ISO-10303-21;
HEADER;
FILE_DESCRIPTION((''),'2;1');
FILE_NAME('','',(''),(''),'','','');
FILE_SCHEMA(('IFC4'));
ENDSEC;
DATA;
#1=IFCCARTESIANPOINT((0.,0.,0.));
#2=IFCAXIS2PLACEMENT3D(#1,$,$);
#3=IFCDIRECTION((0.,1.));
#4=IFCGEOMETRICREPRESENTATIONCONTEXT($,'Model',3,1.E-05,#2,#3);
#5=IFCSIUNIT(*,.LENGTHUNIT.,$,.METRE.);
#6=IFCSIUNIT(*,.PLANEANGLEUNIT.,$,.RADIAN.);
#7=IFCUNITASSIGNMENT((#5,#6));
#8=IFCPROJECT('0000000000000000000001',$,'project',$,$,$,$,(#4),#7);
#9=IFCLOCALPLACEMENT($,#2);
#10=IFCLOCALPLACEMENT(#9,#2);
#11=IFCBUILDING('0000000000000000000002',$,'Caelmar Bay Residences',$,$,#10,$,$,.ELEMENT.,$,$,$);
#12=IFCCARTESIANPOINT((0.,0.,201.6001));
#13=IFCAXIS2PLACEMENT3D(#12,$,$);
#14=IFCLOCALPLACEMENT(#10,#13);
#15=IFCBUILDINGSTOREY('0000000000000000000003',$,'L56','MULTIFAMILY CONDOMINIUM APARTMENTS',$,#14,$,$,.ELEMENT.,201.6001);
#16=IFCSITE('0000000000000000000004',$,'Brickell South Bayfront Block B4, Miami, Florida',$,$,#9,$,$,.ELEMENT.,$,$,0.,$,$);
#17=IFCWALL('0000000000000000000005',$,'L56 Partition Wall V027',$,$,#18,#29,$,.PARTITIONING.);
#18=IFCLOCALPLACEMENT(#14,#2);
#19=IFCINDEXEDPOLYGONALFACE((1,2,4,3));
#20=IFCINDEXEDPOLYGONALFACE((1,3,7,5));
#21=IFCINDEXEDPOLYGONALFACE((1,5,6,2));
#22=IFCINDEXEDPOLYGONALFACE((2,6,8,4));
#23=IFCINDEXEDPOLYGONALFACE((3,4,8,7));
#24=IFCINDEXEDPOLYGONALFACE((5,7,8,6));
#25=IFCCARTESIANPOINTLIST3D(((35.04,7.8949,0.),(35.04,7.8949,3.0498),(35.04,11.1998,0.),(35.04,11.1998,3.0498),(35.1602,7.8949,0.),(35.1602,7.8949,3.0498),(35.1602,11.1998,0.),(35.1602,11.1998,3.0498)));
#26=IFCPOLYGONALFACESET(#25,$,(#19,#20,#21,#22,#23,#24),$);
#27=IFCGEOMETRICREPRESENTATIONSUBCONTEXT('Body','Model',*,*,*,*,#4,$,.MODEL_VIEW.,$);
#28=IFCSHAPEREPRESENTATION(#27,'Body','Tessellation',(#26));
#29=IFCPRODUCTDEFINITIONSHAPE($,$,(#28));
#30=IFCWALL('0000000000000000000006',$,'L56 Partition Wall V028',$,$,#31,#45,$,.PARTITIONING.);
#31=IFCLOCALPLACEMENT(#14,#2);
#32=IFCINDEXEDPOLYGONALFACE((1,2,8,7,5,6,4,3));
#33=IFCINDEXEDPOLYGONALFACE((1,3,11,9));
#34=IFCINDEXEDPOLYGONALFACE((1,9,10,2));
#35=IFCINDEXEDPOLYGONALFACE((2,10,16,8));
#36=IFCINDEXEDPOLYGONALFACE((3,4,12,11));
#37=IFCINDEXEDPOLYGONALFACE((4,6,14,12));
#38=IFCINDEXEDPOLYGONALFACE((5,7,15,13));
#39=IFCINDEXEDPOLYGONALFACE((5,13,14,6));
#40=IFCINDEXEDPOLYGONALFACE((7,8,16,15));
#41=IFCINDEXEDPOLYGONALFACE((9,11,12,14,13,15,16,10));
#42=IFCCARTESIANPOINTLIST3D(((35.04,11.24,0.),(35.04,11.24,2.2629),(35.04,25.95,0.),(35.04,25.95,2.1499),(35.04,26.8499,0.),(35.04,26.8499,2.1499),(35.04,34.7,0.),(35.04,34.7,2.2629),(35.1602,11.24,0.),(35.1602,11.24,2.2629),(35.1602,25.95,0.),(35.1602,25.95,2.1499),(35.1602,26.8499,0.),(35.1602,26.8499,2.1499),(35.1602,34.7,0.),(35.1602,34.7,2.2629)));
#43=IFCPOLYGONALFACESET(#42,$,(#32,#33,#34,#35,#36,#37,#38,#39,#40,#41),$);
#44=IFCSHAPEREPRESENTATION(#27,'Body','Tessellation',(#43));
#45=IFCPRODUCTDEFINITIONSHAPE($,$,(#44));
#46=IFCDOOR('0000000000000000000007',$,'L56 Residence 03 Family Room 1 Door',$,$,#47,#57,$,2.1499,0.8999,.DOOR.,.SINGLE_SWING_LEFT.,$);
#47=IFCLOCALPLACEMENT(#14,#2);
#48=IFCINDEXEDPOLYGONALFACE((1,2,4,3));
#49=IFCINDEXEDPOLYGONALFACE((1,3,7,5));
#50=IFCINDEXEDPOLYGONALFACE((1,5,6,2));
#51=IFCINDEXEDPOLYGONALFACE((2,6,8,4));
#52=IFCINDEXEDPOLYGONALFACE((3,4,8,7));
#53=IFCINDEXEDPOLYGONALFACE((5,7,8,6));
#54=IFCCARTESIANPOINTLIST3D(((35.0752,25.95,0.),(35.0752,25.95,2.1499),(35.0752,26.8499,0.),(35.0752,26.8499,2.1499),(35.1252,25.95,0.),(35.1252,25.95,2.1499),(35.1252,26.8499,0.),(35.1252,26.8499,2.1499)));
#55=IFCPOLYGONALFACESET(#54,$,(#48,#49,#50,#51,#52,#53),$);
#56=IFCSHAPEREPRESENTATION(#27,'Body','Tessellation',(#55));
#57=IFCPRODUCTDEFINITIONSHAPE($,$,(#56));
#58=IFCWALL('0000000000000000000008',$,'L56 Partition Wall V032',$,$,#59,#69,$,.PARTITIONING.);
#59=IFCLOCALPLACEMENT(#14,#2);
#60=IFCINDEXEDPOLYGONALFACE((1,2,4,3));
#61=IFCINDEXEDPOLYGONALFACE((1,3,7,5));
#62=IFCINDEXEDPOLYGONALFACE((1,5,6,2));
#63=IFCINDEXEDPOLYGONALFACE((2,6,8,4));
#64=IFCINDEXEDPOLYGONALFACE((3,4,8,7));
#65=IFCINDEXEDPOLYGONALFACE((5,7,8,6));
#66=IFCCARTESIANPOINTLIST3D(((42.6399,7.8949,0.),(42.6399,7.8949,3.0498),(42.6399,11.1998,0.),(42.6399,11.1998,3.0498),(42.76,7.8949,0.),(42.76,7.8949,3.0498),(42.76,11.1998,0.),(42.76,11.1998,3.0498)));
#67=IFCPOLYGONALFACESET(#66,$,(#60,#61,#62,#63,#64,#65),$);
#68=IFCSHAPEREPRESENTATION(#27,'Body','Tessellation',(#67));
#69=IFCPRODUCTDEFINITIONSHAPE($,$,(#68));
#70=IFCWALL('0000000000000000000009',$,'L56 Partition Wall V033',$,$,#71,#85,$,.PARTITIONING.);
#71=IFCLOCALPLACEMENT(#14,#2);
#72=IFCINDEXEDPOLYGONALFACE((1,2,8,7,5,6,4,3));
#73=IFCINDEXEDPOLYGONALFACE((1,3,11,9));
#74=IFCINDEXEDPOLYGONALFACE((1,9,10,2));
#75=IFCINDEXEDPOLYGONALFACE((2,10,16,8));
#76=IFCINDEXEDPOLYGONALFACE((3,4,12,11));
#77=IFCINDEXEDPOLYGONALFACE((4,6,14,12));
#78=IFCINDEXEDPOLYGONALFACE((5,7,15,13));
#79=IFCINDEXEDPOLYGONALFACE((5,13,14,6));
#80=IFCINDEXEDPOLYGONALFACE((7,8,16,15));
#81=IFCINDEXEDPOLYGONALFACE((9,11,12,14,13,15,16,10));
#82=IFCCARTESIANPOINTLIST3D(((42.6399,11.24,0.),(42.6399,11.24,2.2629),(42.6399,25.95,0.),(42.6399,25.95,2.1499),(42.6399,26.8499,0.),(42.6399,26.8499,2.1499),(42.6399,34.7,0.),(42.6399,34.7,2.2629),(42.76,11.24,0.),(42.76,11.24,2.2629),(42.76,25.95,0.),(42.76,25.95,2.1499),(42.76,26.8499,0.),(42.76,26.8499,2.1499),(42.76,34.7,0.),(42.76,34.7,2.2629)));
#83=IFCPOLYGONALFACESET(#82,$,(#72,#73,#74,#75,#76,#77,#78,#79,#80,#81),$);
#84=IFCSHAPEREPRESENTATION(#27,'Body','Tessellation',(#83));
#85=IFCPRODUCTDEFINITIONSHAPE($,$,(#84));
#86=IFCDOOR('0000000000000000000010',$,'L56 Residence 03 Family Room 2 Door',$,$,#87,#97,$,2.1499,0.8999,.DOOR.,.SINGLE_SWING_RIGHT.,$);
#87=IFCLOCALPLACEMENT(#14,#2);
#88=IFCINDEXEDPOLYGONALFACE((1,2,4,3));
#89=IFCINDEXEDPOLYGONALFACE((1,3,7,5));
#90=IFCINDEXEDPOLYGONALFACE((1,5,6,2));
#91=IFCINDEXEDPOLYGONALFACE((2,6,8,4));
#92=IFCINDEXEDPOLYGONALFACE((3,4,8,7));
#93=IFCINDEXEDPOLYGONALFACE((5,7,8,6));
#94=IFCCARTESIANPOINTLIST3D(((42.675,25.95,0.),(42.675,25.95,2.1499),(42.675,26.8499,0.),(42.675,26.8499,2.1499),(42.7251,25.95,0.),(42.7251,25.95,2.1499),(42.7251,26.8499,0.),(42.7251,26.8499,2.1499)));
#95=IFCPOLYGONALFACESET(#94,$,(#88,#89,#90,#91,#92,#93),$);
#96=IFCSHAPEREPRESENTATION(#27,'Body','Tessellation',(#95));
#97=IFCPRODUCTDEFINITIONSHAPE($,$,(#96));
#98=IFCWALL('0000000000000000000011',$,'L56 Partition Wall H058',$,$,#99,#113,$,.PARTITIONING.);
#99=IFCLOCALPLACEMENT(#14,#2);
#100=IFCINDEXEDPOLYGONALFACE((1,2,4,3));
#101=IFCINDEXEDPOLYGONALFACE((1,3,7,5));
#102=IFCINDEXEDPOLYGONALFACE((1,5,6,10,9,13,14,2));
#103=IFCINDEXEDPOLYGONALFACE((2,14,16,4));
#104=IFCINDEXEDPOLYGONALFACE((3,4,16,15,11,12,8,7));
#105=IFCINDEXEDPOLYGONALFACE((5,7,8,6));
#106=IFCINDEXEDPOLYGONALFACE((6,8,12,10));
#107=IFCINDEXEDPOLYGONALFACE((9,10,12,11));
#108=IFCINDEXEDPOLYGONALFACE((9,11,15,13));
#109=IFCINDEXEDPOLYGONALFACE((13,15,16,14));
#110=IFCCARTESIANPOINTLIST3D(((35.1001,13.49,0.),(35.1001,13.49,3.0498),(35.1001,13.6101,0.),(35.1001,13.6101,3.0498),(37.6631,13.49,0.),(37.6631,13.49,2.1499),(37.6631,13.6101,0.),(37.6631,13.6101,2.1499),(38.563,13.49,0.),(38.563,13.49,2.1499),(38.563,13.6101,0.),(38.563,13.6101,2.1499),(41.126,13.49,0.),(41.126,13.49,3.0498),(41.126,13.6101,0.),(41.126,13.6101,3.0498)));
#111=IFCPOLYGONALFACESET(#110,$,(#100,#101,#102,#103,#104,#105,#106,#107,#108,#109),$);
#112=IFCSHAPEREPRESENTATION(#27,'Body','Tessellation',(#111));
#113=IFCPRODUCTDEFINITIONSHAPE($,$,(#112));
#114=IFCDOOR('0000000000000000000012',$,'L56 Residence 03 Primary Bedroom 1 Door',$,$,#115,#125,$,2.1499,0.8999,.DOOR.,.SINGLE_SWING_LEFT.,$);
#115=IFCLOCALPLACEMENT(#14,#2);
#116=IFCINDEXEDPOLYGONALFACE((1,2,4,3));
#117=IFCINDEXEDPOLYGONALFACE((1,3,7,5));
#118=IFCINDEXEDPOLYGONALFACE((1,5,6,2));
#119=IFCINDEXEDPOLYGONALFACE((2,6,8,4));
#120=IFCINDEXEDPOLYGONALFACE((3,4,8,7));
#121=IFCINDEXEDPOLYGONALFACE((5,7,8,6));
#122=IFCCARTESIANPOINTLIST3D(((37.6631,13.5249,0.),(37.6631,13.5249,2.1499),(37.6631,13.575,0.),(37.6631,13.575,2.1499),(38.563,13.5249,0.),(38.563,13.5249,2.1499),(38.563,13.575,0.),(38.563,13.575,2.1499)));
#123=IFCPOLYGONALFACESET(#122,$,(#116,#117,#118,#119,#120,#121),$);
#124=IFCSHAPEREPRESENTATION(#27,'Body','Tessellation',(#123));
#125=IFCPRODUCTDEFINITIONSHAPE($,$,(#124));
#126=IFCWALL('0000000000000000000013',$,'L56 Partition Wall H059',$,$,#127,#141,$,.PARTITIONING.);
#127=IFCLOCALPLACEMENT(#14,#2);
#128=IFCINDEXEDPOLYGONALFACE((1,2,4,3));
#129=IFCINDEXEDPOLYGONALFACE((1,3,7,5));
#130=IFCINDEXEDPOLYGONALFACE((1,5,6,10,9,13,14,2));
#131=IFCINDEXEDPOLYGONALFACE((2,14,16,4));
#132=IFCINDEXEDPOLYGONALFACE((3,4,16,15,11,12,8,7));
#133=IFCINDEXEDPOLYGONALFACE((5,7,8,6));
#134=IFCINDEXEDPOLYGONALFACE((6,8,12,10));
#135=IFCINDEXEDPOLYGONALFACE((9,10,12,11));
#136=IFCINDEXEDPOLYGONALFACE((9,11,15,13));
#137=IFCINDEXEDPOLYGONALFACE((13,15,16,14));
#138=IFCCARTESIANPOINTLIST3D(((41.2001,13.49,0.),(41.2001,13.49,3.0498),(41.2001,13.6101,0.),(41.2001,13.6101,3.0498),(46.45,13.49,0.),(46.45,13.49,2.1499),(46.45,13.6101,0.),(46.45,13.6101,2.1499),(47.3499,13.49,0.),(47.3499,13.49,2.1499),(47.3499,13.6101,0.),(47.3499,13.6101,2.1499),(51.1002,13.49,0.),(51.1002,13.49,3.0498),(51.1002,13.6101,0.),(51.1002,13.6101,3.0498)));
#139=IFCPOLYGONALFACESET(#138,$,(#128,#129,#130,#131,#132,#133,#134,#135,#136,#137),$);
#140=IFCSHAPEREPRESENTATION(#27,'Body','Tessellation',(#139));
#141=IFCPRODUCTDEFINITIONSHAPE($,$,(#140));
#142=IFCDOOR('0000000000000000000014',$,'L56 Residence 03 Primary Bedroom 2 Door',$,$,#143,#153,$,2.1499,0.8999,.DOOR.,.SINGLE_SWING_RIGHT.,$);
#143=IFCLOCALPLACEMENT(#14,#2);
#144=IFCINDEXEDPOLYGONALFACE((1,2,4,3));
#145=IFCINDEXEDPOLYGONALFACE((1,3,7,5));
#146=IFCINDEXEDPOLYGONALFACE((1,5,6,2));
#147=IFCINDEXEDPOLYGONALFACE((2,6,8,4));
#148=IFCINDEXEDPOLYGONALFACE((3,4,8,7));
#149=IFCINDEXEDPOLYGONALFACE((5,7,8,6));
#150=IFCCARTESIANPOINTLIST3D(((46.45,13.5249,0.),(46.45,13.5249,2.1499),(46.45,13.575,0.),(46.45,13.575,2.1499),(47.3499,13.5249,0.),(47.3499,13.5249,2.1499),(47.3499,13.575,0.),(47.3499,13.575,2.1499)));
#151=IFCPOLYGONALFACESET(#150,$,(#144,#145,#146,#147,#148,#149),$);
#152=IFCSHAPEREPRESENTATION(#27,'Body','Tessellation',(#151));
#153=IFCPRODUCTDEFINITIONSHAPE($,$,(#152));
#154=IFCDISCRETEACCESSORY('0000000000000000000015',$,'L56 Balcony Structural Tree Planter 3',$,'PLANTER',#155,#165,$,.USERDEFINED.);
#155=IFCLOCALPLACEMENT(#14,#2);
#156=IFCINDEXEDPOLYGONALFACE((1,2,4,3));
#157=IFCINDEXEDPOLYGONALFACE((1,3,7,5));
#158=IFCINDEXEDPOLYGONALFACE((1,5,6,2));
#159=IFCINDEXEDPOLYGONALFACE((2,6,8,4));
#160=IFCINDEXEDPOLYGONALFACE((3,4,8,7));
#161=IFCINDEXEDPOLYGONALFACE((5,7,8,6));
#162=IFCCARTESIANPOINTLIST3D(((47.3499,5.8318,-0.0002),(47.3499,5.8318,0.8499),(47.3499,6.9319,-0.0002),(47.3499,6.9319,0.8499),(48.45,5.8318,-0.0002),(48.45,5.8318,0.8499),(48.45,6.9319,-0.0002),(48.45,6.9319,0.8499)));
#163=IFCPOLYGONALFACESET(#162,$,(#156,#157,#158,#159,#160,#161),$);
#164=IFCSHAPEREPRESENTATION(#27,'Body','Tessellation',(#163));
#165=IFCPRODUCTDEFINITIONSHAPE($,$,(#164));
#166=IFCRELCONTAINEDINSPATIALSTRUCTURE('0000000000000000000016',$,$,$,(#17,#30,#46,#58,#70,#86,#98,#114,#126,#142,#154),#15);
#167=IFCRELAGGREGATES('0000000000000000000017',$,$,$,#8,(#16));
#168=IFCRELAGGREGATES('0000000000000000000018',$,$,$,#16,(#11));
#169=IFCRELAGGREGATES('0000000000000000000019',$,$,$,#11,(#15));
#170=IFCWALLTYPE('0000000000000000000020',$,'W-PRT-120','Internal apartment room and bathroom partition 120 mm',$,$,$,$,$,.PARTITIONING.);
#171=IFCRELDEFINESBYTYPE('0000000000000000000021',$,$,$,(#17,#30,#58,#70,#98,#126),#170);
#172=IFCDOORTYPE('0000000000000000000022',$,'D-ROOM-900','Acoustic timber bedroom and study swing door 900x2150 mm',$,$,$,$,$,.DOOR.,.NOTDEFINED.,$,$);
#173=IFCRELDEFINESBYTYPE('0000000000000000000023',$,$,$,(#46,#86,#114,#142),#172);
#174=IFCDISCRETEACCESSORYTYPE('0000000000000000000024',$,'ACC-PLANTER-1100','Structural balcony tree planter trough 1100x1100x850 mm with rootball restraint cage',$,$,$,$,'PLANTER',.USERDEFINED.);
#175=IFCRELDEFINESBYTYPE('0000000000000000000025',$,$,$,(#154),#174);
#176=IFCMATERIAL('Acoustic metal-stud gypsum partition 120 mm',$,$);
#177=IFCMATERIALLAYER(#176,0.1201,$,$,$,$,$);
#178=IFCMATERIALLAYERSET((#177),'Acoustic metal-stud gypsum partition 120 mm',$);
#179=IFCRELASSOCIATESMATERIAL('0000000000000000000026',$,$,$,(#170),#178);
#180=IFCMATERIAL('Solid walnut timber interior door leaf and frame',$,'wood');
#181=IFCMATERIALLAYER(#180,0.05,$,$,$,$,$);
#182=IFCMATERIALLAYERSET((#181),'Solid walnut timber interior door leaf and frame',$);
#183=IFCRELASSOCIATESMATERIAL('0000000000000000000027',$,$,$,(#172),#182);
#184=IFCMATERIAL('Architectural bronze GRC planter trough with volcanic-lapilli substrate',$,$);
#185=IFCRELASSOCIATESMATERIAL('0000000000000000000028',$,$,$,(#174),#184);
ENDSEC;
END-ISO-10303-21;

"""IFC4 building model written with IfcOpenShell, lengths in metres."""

from ifc_helpers import new_model, si_unit, direction, frame, frame_2d, origin, origin_2d, place, context, subcontext, project, spatial, rectangle, extrude, material, layer, layer_set, type_object, element, fill, save


model = new_model("IFC4")

# Units and contexts
model_context = context("Model", 3, precision=1e-05, world=origin(), true_north=direction((0.0, 1.0)))
body_context = subcontext(model_context, "Body", "Model", "MODEL_VIEW")
ifc_project = project(units=[si_unit("LENGTHUNIT", "METRE"), si_unit("PLANEANGLEUNIT", "RADIAN")], contexts=[model_context])

# Site, building, storey
site_placement = place(None, origin())
site = spatial("IfcSite", under=ifc_project, at=site_placement, Name="Brickell South Bayfront Block B4, Miami, Florida", CompositionType="ELEMENT", RefElevation=0.0)
building_placement = place(site_placement, origin())
building = spatial("IfcBuilding", under=site, at=building_placement, Name="Caelmar Bay Residences", CompositionType="ELEMENT")
storey_placement = place(building_placement, frame((0.0, 0.0, 201.6001)))
storey = spatial("IfcBuildingStorey", under=building, at=storey_placement, Name="L56", Description="MULTIFAMILY CONDOMINIUM APARTMENTS", CompositionType="ELEMENT", Elevation=201.6001)

# Wall
ifc_material_1 = material(Name="Acoustic metal-stud gypsum partition 120 mm")
ifc_layer_1 = layer(ifc_material_1, 0.1201)
ifc_layer_set_1 = layer_set([ifc_layer_1], Name="Acoustic metal-stud gypsum partition 120 mm")
wall_type = type_object("IfcWallType", Name="W-PRT-120", Description="Internal apartment room and bathroom partition 120 mm", PredefinedType="PARTITIONING", material=ifc_layer_set_1)
wall_1_placement = place(storey_placement, frame((35.1001, 7.895, 0.0), z_axis=(0.0, 0.0, 1.0), x_axis=(0.0, 1.0, 0.0)))
element("IfcWall", 1, at=wall_1_placement, inside=storey, type_object=wall_type, Name="L56 Partition Wall V027", PredefinedType="PARTITIONING", context=body_context, shape_type="SweptSolid", body=[
    extrude(rectangle(XDim=3.3049, YDim=0.1201, at=frame_2d((1.6523, 0.0))), origin(), (0.0, 0.0, 1.0), 3.0498),
])

# Wall, opening, door
wall_2_placement = place(storey_placement, frame((35.1001, 11.24, 0.0), z_axis=(0.0, 0.0, 1.0), x_axis=(0.0, 1.0, 0.0)))
wall_2 = element("IfcWall", 2, at=wall_2_placement, inside=storey, type_object=wall_type, Name="L56 Partition Wall V028", PredefinedType="PARTITIONING", context=body_context, shape_type="SweptSolid", body=[
    extrude(rectangle(XDim=23.46, YDim=0.1201, at=frame_2d((11.73, 0.0))), origin(), (0.0, 0.0, 1.0), 2.2629),
])
opening_1_placement = place(wall_2_placement, frame((14.71, 0.0, 0.0)))
opening_1 = element("IfcOpeningElement", 3, at=opening_1_placement, cuts=wall_2, PredefinedType="OPENING", context=body_context, shape_type="SweptSolid", body=[
    extrude(rectangle(XDim=0.8999, YDim=2.1499, at=frame_2d((0.45, 1.075))), frame((0.0, 0.0701, 0.0), z_axis=(0.0, -1.0, 0.0), x_axis=(1.0, 0.0, 0.0)), (0.0, 0.0, 1.0), 0.1401),
])
ifc_material_2 = material(Name="Solid walnut timber interior door leaf and frame", Category="wood")
ifc_layer_2 = layer(ifc_material_2, 0.05)
ifc_layer_set_2 = layer_set([ifc_layer_2], Name="Solid walnut timber interior door leaf and frame")
door_type = type_object("IfcDoorType", Name="D-ROOM-900", Description="Acoustic timber bedroom and study swing door 900x2150 mm", OperationType="NOTDEFINED", PredefinedType="DOOR", material=ifc_layer_set_2)
door_1_placement = place(opening_1_placement, origin())
door_1 = element("IfcDoor", 4, at=door_1_placement, inside=storey, type_object=door_type, Name="L56 Residence 03 Family Room 1 Door", OperationType="SINGLE_SWING_LEFT", OverallHeight=2.1499, OverallWidth=0.8999, PredefinedType="DOOR", context=body_context, shape_type="SweptSolid", body=[
    extrude(rectangle(XDim=0.8999, YDim=2.1499, at=frame_2d((0.45, 1.075))), frame((0.0, 0.0249, 0.0), z_axis=(0.0, -1.0, 0.0), x_axis=(1.0, 0.0, 0.0)), (0.0, 0.0, 1.0), 0.05),
])
fill(opening_1, door_1)

# Wall
wall_3_placement = place(storey_placement, frame((42.7, 7.895, 0.0), z_axis=(0.0, 0.0, 1.0), x_axis=(0.0, 1.0, 0.0)))
element("IfcWall", 5, at=wall_3_placement, inside=storey, type_object=wall_type, Name="L56 Partition Wall V032", PredefinedType="PARTITIONING", context=body_context, shape_type="SweptSolid", body=[
    extrude(rectangle(XDim=3.3049, YDim=0.1201, at=frame_2d((1.6523, 0.0))), origin(), (0.0, 0.0, 1.0), 3.0498),
])

# Walls, openings, doors
wall_4_placement = place(storey_placement, frame((42.7, 11.24, 0.0), z_axis=(0.0, 0.0, 1.0), x_axis=(0.0, 1.0, 0.0)))
wall_4 = element("IfcWall", 6, at=wall_4_placement, inside=storey, type_object=wall_type, Name="L56 Partition Wall V033", PredefinedType="PARTITIONING", context=body_context, shape_type="SweptSolid", body=[
    extrude(rectangle(XDim=23.46, YDim=0.1201, at=frame_2d((11.73, 0.0))), origin(), (0.0, 0.0, 1.0), 2.2629),
])
opening_2_placement = place(wall_4_placement, frame((14.71, 0.0, 0.0)))
opening_2 = element("IfcOpeningElement", 7, at=opening_2_placement, cuts=wall_4, PredefinedType="OPENING", context=body_context, shape_type="SweptSolid", body=[
    extrude(rectangle(XDim=0.8999, YDim=2.1499, at=frame_2d((0.45, 1.075))), frame((0.0, 0.0701, 0.0), z_axis=(0.0, -1.0, 0.0), x_axis=(1.0, 0.0, 0.0)), (0.0, 0.0, 1.0), 0.1401),
])
door_2_placement = place(opening_2_placement, origin())
door_2 = element("IfcDoor", 8, at=door_2_placement, inside=storey, type_object=door_type, Name="L56 Residence 03 Family Room 2 Door", OperationType="SINGLE_SWING_RIGHT", OverallHeight=2.1499, OverallWidth=0.8999, PredefinedType="DOOR", context=body_context, shape_type="SweptSolid", body=[
    extrude(rectangle(XDim=0.8999, YDim=2.1499, at=frame_2d((0.45, 1.075))), frame((0.0, 0.0249, 0.0), z_axis=(0.0, -1.0, 0.0), x_axis=(1.0, 0.0, 0.0)), (0.0, 0.0, 1.0), 0.05),
])
fill(opening_2, door_2)
wall_5_placement = place(storey_placement, frame((35.1001, 13.55, 0.0), z_axis=(0.0, 0.0, 1.0), x_axis=(1.0, 0.0, 0.0)))
wall_5 = element("IfcWall", 9, at=wall_5_placement, inside=storey, type_object=wall_type, Name="L56 Partition Wall H058", PredefinedType="PARTITIONING", context=body_context, shape_type="SweptSolid", body=[
    extrude(rectangle(XDim=6.0259, YDim=0.1201, at=frame_2d((3.0129, 0.0))), origin(), (0.0, 0.0, 1.0), 3.0498),
])
opening_3_placement = place(wall_5_placement, frame((2.563, 0.0, 0.0)))
opening_3 = element("IfcOpeningElement", 10, at=opening_3_placement, cuts=wall_5, PredefinedType="OPENING", context=body_context, shape_type="SweptSolid", body=[
    extrude(rectangle(XDim=0.8999, YDim=2.1499, at=frame_2d((0.45, 1.075))), frame((0.0, 0.0701, 0.0), z_axis=(0.0, -1.0, 0.0), x_axis=(1.0, 0.0, 0.0)), (0.0, 0.0, 1.0), 0.1401),
])
door_3_placement = place(opening_3_placement, origin())
door_3 = element("IfcDoor", 11, at=door_3_placement, inside=storey, type_object=door_type, Name="L56 Residence 03 Primary Bedroom 1 Door", OperationType="SINGLE_SWING_LEFT", OverallHeight=2.1499, OverallWidth=0.8999, PredefinedType="DOOR", context=body_context, shape_type="SweptSolid", body=[
    extrude(rectangle(XDim=0.8999, YDim=2.1499, at=frame_2d((0.45, 1.075))), frame((0.0, 0.0249, 0.0), z_axis=(0.0, -1.0, 0.0), x_axis=(1.0, 0.0, 0.0)), (0.0, 0.0, 1.0), 0.05),
])
fill(opening_3, door_3)
wall_6_placement = place(storey_placement, frame((41.2, 13.55, 0.0), z_axis=(0.0, 0.0, 1.0), x_axis=(1.0, 0.0, 0.0)))
wall_6 = element("IfcWall", 12, at=wall_6_placement, inside=storey, type_object=wall_type, Name="L56 Partition Wall H059", PredefinedType="PARTITIONING", context=body_context, shape_type="SweptSolid", body=[
    extrude(rectangle(XDim=9.9001, YDim=0.1201, at=frame_2d((4.9502, 0.0))), origin(), (0.0, 0.0, 1.0), 3.0498),
])
opening_4_placement = place(wall_6_placement, frame((5.25, 0.0, 0.0)))
opening_4 = element("IfcOpeningElement", 13, at=opening_4_placement, cuts=wall_6, PredefinedType="OPENING", context=body_context, shape_type="SweptSolid", body=[
    extrude(rectangle(XDim=0.8999, YDim=2.1499, at=frame_2d((0.45, 1.075))), frame((0.0, 0.0701, 0.0), z_axis=(0.0, -1.0, 0.0), x_axis=(1.0, 0.0, 0.0)), (0.0, 0.0, 1.0), 0.1401),
])
door_4_placement = place(opening_4_placement, origin())
door_4 = element("IfcDoor", 14, at=door_4_placement, inside=storey, type_object=door_type, Name="L56 Residence 03 Primary Bedroom 2 Door", OperationType="SINGLE_SWING_RIGHT", OverallHeight=2.1499, OverallWidth=0.8999, PredefinedType="DOOR", context=body_context, shape_type="SweptSolid", body=[
    extrude(rectangle(XDim=0.8999, YDim=2.1499, at=frame_2d((0.45, 1.075))), frame((0.0, 0.0249, 0.0), z_axis=(0.0, -1.0, 0.0), x_axis=(1.0, 0.0, 0.0)), (0.0, 0.0, 1.0), 0.05),
])
fill(opening_4, door_4)

# Discrete accessory
ifc_material_3 = material(Name="Architectural bronze GRC planter trough with volcanic-lapilli substrate")
discrete_accessory_type = type_object("IfcDiscreteAccessoryType", Name="ACC-PLANTER-1100", Description="Structural balcony tree planter trough 1100x1100x850 mm with rootball restraint cage", ElementType="PLANTER", PredefinedType="USERDEFINED", material=ifc_material_3)
discrete_accessory_placement = place(storey_placement, frame((47.8999, 6.3818, -0.0002), z_axis=(0.0, 0.0, 1.0), x_axis=(1.0, 0.0, 0.0)))
element("IfcDiscreteAccessory", 15, at=discrete_accessory_placement, inside=storey, type_object=discrete_accessory_type, Name="L56 Balcony Structural Tree Planter 3", ObjectType="PLANTER", PredefinedType="USERDEFINED", context=body_context, shape_type="SweptSolid", body=[
    extrude(rectangle(XDim=1.1001, YDim=1.1001, at=origin_2d()), origin(), (0.0, 0.0, 1.0), 0.8501),
])

save(model, "model.ifc")
